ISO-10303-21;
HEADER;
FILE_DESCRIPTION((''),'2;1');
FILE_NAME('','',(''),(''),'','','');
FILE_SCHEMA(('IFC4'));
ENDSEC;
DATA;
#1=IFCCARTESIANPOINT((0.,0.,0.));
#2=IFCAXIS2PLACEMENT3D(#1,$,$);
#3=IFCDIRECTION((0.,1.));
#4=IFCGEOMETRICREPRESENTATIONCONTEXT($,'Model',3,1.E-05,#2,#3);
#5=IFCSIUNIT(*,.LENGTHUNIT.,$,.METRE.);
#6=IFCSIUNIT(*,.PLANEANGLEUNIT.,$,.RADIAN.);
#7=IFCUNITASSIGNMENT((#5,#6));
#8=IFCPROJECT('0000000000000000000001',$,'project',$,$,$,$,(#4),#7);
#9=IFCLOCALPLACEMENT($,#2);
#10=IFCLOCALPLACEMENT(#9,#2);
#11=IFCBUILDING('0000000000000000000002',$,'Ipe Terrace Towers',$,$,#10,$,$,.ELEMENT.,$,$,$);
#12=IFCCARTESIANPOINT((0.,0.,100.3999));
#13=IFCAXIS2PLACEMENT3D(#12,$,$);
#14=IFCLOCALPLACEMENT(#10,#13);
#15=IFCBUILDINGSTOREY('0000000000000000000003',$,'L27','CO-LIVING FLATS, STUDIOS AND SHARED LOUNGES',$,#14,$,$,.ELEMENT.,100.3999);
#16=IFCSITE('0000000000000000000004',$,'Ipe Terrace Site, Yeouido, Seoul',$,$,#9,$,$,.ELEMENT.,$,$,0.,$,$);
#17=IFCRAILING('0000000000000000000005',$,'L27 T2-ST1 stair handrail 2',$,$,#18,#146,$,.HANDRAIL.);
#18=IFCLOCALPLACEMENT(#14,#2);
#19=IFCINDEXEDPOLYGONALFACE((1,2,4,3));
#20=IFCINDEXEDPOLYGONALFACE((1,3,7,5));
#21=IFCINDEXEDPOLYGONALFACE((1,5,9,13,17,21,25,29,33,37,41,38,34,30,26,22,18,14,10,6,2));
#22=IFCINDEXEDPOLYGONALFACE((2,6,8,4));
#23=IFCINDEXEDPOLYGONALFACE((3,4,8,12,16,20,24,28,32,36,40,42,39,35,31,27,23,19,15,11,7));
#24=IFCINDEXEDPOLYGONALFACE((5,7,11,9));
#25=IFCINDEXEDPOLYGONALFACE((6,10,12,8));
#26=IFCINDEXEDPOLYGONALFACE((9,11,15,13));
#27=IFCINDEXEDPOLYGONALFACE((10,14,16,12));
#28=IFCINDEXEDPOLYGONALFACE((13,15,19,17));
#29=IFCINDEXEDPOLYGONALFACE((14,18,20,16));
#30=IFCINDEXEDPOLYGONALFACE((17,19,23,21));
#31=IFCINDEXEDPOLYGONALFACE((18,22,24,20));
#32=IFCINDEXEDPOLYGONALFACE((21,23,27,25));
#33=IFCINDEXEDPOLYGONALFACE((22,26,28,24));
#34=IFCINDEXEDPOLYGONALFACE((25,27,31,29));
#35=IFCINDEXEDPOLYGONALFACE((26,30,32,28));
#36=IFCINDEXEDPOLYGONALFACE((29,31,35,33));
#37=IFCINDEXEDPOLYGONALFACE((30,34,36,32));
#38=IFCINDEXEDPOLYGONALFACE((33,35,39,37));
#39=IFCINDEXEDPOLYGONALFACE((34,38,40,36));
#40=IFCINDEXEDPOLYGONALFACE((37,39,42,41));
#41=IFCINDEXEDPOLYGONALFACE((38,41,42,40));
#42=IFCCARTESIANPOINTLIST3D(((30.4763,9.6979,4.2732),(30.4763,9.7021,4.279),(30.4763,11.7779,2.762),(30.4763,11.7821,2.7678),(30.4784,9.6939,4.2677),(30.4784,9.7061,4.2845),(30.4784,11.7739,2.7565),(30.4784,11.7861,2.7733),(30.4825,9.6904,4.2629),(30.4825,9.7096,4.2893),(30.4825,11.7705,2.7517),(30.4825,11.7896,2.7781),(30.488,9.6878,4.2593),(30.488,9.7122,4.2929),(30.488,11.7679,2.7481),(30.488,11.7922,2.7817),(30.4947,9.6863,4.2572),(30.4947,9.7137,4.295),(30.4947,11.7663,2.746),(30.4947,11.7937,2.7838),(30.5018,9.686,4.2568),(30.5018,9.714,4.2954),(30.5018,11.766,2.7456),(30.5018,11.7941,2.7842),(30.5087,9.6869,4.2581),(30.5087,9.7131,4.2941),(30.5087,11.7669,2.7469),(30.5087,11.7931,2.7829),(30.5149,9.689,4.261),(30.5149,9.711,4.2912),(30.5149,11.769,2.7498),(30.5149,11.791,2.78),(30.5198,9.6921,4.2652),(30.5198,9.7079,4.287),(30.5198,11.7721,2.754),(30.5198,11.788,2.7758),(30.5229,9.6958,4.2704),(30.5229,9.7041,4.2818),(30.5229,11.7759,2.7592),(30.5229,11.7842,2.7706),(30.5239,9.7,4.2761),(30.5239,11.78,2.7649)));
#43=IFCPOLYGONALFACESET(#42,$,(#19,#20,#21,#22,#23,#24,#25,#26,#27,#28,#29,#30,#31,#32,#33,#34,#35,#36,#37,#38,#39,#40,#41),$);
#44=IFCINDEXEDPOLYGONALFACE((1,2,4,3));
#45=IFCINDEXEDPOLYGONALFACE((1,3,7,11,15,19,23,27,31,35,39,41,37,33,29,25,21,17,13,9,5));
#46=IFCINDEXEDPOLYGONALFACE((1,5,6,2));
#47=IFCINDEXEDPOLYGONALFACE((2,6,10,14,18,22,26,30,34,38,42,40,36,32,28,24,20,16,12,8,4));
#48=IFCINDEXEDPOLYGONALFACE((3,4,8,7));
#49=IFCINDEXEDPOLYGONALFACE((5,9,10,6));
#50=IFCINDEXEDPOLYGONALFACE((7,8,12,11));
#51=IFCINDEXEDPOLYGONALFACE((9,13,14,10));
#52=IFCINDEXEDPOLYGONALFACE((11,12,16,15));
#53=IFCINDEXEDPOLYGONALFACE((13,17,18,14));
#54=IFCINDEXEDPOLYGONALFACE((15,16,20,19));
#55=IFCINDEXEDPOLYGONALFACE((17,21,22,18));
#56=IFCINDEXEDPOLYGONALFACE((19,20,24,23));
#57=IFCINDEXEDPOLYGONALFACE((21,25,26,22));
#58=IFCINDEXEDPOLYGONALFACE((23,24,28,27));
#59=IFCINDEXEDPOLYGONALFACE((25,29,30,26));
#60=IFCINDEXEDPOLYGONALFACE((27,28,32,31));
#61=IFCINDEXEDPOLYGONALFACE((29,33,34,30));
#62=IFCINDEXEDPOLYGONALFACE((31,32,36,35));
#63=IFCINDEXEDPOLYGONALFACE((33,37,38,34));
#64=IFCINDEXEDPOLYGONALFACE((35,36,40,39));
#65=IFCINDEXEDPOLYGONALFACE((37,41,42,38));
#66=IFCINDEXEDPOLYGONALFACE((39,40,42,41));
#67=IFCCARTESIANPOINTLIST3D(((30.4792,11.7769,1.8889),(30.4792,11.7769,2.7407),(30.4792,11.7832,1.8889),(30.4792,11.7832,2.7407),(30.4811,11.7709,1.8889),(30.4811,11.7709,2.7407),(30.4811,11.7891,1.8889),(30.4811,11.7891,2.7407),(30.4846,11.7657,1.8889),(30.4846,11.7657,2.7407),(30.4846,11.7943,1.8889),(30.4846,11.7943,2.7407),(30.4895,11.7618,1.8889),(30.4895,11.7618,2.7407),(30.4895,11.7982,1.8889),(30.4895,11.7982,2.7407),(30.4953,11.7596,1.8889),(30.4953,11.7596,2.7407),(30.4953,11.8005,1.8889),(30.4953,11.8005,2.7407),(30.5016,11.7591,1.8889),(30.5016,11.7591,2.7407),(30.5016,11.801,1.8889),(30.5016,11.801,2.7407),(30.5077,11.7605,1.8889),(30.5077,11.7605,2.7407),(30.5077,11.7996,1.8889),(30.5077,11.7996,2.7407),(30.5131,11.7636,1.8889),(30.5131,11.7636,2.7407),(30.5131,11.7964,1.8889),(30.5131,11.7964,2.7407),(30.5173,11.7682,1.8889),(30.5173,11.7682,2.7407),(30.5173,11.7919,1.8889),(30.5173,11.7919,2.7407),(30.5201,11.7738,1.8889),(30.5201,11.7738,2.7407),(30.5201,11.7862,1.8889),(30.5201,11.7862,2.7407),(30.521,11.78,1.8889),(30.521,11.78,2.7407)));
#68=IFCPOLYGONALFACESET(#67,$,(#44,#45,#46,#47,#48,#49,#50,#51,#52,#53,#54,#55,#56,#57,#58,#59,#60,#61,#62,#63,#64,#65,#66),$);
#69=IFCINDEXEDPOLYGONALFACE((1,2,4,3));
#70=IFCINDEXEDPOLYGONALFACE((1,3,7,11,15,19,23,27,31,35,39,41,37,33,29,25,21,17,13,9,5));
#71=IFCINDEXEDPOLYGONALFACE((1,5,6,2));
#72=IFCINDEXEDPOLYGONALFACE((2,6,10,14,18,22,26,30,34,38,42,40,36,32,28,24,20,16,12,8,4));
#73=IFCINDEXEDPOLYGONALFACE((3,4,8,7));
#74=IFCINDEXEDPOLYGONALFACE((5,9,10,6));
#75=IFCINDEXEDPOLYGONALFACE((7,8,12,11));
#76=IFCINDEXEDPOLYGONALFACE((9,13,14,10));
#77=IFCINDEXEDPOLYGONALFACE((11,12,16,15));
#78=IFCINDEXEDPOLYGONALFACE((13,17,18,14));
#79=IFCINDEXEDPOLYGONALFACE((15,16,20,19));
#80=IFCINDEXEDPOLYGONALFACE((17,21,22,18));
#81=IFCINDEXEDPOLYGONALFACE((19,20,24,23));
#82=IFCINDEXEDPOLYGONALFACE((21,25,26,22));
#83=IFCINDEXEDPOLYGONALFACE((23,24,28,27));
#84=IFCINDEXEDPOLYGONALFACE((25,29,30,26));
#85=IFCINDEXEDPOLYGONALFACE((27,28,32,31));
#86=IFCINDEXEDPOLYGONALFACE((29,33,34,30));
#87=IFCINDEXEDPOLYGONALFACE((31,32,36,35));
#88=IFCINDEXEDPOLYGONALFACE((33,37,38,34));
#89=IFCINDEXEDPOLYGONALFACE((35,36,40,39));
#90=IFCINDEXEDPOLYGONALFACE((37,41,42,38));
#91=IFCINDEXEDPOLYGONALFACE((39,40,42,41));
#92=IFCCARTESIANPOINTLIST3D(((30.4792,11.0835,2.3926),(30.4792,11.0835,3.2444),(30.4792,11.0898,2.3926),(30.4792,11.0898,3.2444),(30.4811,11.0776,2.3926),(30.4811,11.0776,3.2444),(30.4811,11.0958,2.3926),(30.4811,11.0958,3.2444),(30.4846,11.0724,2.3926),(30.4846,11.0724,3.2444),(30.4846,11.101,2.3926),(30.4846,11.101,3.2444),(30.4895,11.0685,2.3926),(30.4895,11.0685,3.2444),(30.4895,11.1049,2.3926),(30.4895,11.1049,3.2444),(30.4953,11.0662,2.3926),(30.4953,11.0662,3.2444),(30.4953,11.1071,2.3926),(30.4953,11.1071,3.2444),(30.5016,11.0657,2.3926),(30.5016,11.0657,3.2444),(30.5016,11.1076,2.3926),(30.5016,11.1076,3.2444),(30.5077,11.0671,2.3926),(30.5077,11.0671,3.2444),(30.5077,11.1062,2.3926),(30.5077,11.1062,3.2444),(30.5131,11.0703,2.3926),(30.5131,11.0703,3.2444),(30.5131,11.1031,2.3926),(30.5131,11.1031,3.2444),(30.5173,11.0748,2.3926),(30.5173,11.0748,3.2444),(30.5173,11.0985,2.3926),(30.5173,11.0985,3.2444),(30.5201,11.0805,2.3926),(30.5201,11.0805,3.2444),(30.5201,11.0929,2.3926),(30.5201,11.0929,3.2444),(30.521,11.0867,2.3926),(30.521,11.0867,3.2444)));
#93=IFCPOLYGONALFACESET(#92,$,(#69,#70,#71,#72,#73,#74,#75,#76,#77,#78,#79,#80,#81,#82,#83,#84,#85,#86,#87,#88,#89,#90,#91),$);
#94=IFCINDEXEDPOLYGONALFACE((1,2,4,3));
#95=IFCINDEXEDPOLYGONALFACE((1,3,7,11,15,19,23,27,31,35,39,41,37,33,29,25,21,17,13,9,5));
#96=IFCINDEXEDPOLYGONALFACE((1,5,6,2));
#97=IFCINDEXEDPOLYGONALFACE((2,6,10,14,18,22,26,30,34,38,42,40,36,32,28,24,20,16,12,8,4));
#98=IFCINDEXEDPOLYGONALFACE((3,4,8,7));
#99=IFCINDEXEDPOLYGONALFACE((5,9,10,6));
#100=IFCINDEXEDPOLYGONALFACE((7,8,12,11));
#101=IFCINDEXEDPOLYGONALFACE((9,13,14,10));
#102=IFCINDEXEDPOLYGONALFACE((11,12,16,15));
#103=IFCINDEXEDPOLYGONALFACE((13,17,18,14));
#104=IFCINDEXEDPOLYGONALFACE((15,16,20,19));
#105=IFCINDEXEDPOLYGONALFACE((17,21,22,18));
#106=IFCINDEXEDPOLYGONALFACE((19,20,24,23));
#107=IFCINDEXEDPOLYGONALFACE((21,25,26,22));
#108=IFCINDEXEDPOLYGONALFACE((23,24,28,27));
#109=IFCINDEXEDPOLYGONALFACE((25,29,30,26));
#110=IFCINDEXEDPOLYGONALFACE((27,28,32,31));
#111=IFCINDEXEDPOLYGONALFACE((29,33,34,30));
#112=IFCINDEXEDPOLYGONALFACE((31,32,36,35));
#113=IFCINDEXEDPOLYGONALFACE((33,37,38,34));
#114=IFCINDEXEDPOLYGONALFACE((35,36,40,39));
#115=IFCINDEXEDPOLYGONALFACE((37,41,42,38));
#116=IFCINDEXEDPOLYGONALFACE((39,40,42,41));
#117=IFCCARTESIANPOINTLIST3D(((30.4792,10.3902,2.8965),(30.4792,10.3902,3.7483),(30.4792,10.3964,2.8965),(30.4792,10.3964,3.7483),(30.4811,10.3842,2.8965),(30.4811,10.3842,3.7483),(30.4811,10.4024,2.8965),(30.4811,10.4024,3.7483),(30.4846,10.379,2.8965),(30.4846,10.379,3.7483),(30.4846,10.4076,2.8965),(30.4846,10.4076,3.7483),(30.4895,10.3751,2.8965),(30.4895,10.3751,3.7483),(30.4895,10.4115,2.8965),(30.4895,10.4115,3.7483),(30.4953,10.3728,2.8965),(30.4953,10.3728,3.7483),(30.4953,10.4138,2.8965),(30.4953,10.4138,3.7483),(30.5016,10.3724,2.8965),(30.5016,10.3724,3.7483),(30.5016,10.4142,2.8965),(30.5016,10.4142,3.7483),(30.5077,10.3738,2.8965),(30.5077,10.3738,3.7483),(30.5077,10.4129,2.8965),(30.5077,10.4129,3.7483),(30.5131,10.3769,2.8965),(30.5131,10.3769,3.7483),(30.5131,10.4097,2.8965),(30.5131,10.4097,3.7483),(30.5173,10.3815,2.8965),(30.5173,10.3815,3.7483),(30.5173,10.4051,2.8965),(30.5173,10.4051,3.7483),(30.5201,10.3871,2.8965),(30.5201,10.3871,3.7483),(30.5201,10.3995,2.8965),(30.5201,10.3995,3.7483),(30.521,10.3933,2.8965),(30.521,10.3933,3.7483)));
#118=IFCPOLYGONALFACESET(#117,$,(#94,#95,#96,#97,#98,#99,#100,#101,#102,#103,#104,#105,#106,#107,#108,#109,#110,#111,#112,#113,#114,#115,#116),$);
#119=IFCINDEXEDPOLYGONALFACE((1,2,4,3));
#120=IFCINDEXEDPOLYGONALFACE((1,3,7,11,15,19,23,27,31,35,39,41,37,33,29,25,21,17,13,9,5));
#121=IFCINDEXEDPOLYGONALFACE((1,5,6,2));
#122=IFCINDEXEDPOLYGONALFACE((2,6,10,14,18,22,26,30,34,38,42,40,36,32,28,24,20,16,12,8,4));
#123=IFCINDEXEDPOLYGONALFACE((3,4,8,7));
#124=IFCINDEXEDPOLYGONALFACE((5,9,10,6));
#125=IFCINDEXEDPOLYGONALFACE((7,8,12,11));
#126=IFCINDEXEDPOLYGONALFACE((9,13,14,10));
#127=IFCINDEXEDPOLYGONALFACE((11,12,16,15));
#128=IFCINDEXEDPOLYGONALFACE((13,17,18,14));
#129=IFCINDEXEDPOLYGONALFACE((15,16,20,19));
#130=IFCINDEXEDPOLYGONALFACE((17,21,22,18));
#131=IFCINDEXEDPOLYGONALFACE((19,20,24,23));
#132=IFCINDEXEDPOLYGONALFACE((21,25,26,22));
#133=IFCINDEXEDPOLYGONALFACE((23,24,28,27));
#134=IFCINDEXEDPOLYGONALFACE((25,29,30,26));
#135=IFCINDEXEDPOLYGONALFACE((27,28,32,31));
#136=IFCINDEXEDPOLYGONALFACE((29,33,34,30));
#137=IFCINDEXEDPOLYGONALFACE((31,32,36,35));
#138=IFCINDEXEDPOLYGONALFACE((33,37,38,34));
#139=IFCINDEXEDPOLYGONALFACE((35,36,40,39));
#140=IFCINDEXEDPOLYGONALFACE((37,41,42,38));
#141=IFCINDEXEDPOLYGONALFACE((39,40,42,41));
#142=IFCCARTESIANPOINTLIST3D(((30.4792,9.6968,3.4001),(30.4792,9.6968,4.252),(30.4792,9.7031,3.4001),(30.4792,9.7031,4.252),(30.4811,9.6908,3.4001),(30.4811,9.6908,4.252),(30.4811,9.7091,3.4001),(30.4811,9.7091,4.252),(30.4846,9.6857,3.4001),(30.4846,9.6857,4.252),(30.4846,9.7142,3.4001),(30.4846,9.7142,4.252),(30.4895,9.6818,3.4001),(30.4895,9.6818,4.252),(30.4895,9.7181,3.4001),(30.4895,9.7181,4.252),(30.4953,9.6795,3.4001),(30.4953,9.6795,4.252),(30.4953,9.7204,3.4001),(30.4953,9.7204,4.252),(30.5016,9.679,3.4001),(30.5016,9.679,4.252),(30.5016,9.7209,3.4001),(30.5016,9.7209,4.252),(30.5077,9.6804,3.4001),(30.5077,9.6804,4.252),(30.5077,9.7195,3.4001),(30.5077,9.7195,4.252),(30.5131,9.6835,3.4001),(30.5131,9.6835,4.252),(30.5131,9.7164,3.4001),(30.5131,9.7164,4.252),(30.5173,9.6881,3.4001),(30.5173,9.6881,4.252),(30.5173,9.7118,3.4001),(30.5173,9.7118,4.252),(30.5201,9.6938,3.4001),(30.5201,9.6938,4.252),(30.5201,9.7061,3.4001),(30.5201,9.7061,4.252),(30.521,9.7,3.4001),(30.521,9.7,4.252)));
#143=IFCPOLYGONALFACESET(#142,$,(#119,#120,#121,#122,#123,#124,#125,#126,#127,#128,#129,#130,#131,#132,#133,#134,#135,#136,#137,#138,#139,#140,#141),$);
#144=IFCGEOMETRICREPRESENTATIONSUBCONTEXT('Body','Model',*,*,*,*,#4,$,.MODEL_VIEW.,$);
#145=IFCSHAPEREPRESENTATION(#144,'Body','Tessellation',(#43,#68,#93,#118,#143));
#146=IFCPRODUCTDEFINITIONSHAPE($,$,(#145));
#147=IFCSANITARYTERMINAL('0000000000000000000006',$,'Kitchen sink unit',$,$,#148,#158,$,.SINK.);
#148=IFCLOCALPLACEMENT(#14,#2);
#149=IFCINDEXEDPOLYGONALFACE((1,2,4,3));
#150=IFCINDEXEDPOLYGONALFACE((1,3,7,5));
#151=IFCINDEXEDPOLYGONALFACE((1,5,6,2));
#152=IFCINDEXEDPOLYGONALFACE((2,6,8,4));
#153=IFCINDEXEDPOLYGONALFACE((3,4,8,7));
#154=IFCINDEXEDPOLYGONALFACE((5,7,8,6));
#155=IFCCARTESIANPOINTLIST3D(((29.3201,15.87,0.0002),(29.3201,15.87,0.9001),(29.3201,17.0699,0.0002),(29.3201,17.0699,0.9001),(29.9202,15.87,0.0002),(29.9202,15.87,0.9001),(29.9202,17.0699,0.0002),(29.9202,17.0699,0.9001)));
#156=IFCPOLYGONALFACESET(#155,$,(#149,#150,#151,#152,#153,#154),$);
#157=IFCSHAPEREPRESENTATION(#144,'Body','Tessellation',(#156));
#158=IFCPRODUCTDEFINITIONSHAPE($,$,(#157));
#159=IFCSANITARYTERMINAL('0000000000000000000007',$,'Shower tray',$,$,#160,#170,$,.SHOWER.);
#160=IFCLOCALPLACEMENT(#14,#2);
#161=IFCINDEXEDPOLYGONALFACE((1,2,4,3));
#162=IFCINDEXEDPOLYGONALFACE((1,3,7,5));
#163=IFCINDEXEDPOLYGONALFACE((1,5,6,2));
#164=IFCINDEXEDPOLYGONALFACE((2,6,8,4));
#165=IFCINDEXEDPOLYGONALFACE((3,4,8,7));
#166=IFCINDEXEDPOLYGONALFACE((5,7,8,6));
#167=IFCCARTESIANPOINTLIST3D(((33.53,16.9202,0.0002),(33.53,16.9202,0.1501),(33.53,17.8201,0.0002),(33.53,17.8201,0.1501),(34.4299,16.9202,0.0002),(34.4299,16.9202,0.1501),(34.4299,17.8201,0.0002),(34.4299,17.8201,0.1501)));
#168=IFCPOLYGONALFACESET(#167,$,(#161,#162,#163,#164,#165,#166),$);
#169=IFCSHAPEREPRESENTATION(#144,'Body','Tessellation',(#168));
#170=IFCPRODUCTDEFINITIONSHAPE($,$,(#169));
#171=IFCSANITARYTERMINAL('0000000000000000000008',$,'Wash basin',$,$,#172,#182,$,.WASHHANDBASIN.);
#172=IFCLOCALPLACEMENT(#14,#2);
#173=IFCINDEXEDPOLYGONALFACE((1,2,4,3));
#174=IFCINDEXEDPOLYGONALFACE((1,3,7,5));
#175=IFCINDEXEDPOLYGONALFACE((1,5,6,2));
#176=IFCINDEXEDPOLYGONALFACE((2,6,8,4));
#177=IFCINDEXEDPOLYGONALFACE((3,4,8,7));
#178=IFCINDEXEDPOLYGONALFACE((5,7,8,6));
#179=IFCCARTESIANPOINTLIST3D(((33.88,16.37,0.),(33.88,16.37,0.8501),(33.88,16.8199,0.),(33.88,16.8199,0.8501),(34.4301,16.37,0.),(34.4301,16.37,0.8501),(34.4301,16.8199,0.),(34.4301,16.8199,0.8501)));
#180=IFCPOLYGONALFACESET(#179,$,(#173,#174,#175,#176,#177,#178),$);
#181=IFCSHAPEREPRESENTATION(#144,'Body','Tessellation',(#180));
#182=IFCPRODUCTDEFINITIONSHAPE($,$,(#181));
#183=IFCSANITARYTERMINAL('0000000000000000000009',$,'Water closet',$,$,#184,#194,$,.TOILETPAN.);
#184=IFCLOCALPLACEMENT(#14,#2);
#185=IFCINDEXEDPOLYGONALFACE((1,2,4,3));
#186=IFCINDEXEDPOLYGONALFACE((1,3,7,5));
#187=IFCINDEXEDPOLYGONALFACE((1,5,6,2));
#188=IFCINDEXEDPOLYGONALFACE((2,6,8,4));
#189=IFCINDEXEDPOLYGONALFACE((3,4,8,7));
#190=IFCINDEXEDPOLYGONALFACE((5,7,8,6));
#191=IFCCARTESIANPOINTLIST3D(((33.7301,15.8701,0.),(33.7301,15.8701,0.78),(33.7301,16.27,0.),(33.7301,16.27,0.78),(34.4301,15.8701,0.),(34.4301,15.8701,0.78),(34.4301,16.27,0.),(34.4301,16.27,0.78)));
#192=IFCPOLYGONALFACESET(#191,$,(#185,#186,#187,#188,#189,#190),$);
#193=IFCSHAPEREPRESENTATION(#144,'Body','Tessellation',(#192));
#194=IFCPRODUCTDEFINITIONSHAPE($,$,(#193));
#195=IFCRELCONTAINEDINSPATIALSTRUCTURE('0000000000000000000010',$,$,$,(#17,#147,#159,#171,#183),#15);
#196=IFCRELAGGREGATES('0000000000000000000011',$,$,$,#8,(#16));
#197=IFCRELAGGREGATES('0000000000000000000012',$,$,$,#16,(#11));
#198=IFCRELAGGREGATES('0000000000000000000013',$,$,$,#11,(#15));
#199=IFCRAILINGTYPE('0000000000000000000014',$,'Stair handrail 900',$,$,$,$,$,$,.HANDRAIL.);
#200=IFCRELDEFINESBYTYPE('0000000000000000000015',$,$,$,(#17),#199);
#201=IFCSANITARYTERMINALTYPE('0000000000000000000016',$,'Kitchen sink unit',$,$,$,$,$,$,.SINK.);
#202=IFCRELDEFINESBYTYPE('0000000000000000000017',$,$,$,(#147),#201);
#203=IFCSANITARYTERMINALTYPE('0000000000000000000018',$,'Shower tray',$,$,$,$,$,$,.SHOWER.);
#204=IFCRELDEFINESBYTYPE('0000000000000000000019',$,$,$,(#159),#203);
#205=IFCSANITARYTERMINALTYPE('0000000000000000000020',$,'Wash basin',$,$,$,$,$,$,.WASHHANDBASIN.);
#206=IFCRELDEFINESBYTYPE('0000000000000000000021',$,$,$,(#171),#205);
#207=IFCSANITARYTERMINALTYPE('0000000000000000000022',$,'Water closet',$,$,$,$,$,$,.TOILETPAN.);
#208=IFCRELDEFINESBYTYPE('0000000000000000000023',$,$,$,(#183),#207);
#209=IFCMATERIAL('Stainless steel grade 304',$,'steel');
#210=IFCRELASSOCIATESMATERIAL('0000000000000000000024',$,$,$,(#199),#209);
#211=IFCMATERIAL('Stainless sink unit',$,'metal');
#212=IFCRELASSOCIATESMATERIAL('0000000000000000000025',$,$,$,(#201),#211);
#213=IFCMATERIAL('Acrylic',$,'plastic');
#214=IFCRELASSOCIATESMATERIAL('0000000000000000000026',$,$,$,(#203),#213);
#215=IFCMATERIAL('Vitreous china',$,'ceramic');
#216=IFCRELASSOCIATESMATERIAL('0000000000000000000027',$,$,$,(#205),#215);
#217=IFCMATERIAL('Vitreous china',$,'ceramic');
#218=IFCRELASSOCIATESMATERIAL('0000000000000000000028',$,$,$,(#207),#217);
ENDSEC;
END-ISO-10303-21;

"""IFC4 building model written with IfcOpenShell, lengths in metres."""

from ifc_helpers import new_model, si_unit, direction, frame, origin, origin_2d, place, context, subcontext, project, spatial, rectangle, circle, extrude, material, type_object, element, save


model = new_model("IFC4")

# Units and contexts
model_context = context("Model", 3, precision=1e-05, world=origin(), true_north=direction((0.0, 1.0)))
body_context = subcontext(model_context, "Body", "Model", "MODEL_VIEW")
ifc_project = project(units=[si_unit("LENGTHUNIT", "METRE"), si_unit("PLANEANGLEUNIT", "RADIAN")], contexts=[model_context])

# Site, building, storey
site_placement = place(None, origin())
site = spatial("IfcSite", under=ifc_project, at=site_placement, Name="Ipe Terrace Site, Yeouido, Seoul", CompositionType="ELEMENT", RefElevation=0.0)
building_placement = place(site_placement, origin())
building = spatial("IfcBuilding", under=site, at=building_placement, Name="Ipe Terrace Towers", CompositionType="ELEMENT")
storey_placement = place(building_placement, frame((0.0, 0.0, 100.3999)))
storey = spatial("IfcBuildingStorey", under=building, at=storey_placement, Name="L27", Description="CO-LIVING FLATS, STUDIOS AND SHARED LOUNGES", CompositionType="ELEMENT", Elevation=100.3999)

# Railing
ifc_material_1 = material(Name="Stainless steel grade 304", Category="steel")
railing_type_1 = type_object("IfcRailingType", Name="Stair handrail 900", PredefinedType="HANDRAIL", material=ifc_material_1)
railing_1_placement = place(storey_placement, frame((30.5, 11.78, 1.8889)))
element("IfcRailing", 1, at=railing_1_placement, inside=storey, type_object=railing_type_1, Name="L27 T2-ST1 stair handrail 2", PredefinedType="HANDRAIL", context=body_context, shape_type="SweptSolid", body=[
    extrude(circle(Radius=0.0239, at=origin_2d()), frame((0.0, 0.0, 0.876), z_axis=(0.0, -0.809023, 0.587776), x_axis=(1.0, 0.0, 0.0)), (0.0, 0.0, 1.0), 2.571),
    extrude(circle(Radius=0.021, at=origin_2d()), origin(), (0.0, 0.0, 1.0), 0.8518),
    extrude(circle(Radius=0.021, at=origin_2d()), frame((0.0, -0.6934, 0.5037)), (0.0, 0.0, 1.0), 0.8518),
    extrude(circle(Radius=0.021, at=origin_2d()), frame((0.0, -1.3867, 1.0076)), (0.0, 0.0, 1.0), 0.8518),
    extrude(circle(Radius=0.021, at=origin_2d()), frame((0.0, -2.0801, 1.5112)), (0.0, 0.0, 1.0), 0.8518),
])

# Sanitary terminals
ifc_material_2 = material(Name="Stainless sink unit", Category="metal")
sanitary_terminal_type_1 = type_object("IfcSanitaryTerminalType", Name="Kitchen sink unit", PredefinedType="SINK", material=ifc_material_2)
sanitary_terminal_1_placement = place(storey_placement, frame((29.6201, 16.47, 0.0002), z_axis=(0.0, 0.0, 1.0), x_axis=(0.0, 1.0, 0.0)))
element("IfcSanitaryTerminal", 2, at=sanitary_terminal_1_placement, inside=storey, type_object=sanitary_terminal_type_1, Name="Kitchen sink unit", PredefinedType="SINK", context=body_context, shape_type="SweptSolid", body=[
    extrude(rectangle(XDim=1.2, YDim=0.6001, at=origin_2d()), origin(), (0.0, 0.0, 1.0), 0.8999),
])
ifc_material_3 = material(Name="Acrylic", Category="plastic")
sanitary_terminal_type_2 = type_object("IfcSanitaryTerminalType", Name="Shower tray", PredefinedType="SHOWER", material=ifc_material_3)
sanitary_terminal_2_placement = place(storey_placement, frame((33.98, 17.3701, 0.0002), z_axis=(0.0, 0.0, 1.0), x_axis=(-1.0, 0.0, 0.0)))
element("IfcSanitaryTerminal", 3, at=sanitary_terminal_2_placement, inside=storey, type_object=sanitary_terminal_type_2, Name="Shower tray", PredefinedType="SHOWER", context=body_context, shape_type="SweptSolid", body=[
    extrude(rectangle(XDim=0.8999, YDim=0.8999, at=origin_2d()), origin(), (0.0, 0.0, 1.0), 0.1499),
])
ifc_material_4 = material(Name="Vitreous china", Category="ceramic")
sanitary_terminal_type_3 = type_object("IfcSanitaryTerminalType", Name="Wash basin", PredefinedType="WASHHANDBASIN", material=ifc_material_4)
sanitary_terminal_3_placement = place(storey_placement, frame((34.155, 16.595, 0.0), z_axis=(0.0, 0.0, 1.0), x_axis=(-1.0, 0.0, 0.0)))
element("IfcSanitaryTerminal", 4, at=sanitary_terminal_3_placement, inside=storey, type_object=sanitary_terminal_type_3, Name="Wash basin", PredefinedType="WASHHANDBASIN", context=body_context, shape_type="SweptSolid", body=[
    extrude(rectangle(XDim=0.55, YDim=0.45, at=origin_2d()), origin(), (0.0, 0.0, 1.0), 0.8501),
])
ifc_material_5 = material(Name="Vitreous china", Category="ceramic")
sanitary_terminal_type_4 = type_object("IfcSanitaryTerminalType", Name="Water closet", PredefinedType="TOILETPAN", material=ifc_material_5)
sanitary_terminal_4_placement = place(storey_placement, frame((34.0801, 16.0701, 0.0), z_axis=(0.0, 0.0, 1.0), x_axis=(-1.0, 0.0, 0.0)))
element("IfcSanitaryTerminal", 5, at=sanitary_terminal_4_placement, inside=storey, type_object=sanitary_terminal_type_4, Name="Water closet", PredefinedType="TOILETPAN", context=body_context, shape_type="SweptSolid", body=[
    extrude(rectangle(XDim=0.7, YDim=0.3999, at=origin_2d()), origin(), (0.0, 0.0, 1.0), 0.78),
])

save(model, "model.ifc")
